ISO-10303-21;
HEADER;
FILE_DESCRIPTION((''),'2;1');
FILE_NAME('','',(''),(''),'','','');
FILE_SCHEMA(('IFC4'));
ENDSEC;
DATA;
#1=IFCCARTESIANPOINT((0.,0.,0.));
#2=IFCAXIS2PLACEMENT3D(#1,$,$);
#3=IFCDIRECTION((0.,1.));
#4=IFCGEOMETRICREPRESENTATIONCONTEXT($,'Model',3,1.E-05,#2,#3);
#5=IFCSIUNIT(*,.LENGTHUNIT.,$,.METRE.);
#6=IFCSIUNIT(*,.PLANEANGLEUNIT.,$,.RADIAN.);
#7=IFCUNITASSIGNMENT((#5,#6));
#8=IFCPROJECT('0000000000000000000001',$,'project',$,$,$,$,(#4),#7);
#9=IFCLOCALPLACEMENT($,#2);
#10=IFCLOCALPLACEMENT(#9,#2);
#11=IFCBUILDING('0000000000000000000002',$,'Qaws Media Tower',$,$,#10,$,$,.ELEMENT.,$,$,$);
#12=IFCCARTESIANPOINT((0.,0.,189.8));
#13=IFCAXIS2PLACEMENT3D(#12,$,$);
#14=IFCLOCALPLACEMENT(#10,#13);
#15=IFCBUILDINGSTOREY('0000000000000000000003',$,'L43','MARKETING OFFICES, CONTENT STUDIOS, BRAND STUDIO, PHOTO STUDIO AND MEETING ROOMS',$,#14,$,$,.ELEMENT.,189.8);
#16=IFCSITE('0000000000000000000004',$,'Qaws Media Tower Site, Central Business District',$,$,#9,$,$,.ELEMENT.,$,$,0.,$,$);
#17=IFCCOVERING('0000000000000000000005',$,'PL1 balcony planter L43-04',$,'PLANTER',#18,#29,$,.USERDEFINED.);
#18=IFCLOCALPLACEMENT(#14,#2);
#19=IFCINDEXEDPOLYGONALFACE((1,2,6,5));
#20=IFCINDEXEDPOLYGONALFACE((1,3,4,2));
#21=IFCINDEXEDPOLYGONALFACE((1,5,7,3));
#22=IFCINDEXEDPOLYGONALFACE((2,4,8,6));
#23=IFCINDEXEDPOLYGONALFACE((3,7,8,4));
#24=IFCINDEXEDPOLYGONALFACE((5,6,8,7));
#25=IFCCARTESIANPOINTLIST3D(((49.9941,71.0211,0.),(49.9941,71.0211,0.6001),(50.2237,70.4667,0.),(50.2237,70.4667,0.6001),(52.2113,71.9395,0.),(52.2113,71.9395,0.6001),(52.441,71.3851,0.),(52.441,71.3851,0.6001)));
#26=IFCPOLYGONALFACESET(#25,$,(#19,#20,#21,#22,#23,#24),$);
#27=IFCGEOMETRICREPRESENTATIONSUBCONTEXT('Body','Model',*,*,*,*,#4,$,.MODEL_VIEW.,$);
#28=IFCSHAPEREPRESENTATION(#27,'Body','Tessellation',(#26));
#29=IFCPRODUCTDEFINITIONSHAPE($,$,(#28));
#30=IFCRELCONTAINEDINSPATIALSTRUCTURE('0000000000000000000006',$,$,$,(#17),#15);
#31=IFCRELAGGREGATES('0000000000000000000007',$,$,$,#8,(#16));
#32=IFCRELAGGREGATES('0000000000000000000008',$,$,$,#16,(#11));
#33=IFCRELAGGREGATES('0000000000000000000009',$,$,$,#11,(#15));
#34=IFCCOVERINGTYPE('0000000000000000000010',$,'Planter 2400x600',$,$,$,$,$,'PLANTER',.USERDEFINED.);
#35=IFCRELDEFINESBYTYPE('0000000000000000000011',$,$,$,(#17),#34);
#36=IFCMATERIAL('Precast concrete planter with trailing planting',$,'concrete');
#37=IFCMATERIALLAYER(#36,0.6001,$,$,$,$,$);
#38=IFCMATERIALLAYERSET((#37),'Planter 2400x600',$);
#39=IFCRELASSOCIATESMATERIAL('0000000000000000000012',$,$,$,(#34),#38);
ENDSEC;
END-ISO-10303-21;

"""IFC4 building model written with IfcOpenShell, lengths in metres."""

from ifc_helpers import new_model, si_unit, direction, frame, origin, origin_2d, place, context, subcontext, project, spatial, rectangle, extrude, material, layer, layer_set, type_object, element, save


model = new_model("IFC4")

# Units and contexts
model_context = context("Model", 3, precision=1e-05, world=origin(), true_north=direction((0.0, 1.0)))
body_context = subcontext(model_context, "Body", "Model", "MODEL_VIEW")
ifc_project = project(units=[si_unit("LENGTHUNIT", "METRE"), si_unit("PLANEANGLEUNIT", "RADIAN")], contexts=[model_context])

# Site, building, storey
site_placement = place(None, origin())
site = spatial("IfcSite", under=ifc_project, at=site_placement, Name="Qaws Media Tower Site, Central Business District", CompositionType="ELEMENT", RefElevation=0.0)
building_placement = place(site_placement, origin())
building = spatial("IfcBuilding", under=site, at=building_placement, Name="Qaws Media Tower", CompositionType="ELEMENT")
storey_placement = place(building_placement, frame((0.0, 0.0, 189.8)))
storey = spatial("IfcBuildingStorey", under=building, at=storey_placement, Name="L43", Description="MARKETING OFFICES, CONTENT STUDIOS, BRAND STUDIO, PHOTO STUDIO AND MEETING ROOMS", CompositionType="ELEMENT", Elevation=189.8)

# Covering
ifc_material_1 = material(Name="Precast concrete planter with trailing planting", Category="concrete")
ifc_layer_1 = layer(ifc_material_1, 0.6001)
ifc_layer_set_1 = layer_set([ifc_layer_1], Name="Planter 2400x600")
covering_type = type_object("IfcCoveringType", Name="Planter 2400x600", ElementType="PLANTER", PredefinedType="USERDEFINED", material=ifc_layer_set_1)
covering_placement = place(storey_placement, frame((51.2175, 71.2031, 0.0), z_axis=(0.0, 0.0, 1.0), x_axis=(-0.92388, -0.382683, 0.0)))
element("IfcCovering", 1, at=covering_placement, inside=storey, type_object=covering_type, Name="PL1 balcony planter L43-04", ObjectType="PLANTER", PredefinedType="USERDEFINED", context=body_context, shape_type="SweptSolid", body=[
    extrude(rectangle(XDim=2.3999, YDim=0.6001, at=origin_2d()), origin(), (0.0, 0.0, 1.0), 0.6001),
])

save(model, "model.ifc")
